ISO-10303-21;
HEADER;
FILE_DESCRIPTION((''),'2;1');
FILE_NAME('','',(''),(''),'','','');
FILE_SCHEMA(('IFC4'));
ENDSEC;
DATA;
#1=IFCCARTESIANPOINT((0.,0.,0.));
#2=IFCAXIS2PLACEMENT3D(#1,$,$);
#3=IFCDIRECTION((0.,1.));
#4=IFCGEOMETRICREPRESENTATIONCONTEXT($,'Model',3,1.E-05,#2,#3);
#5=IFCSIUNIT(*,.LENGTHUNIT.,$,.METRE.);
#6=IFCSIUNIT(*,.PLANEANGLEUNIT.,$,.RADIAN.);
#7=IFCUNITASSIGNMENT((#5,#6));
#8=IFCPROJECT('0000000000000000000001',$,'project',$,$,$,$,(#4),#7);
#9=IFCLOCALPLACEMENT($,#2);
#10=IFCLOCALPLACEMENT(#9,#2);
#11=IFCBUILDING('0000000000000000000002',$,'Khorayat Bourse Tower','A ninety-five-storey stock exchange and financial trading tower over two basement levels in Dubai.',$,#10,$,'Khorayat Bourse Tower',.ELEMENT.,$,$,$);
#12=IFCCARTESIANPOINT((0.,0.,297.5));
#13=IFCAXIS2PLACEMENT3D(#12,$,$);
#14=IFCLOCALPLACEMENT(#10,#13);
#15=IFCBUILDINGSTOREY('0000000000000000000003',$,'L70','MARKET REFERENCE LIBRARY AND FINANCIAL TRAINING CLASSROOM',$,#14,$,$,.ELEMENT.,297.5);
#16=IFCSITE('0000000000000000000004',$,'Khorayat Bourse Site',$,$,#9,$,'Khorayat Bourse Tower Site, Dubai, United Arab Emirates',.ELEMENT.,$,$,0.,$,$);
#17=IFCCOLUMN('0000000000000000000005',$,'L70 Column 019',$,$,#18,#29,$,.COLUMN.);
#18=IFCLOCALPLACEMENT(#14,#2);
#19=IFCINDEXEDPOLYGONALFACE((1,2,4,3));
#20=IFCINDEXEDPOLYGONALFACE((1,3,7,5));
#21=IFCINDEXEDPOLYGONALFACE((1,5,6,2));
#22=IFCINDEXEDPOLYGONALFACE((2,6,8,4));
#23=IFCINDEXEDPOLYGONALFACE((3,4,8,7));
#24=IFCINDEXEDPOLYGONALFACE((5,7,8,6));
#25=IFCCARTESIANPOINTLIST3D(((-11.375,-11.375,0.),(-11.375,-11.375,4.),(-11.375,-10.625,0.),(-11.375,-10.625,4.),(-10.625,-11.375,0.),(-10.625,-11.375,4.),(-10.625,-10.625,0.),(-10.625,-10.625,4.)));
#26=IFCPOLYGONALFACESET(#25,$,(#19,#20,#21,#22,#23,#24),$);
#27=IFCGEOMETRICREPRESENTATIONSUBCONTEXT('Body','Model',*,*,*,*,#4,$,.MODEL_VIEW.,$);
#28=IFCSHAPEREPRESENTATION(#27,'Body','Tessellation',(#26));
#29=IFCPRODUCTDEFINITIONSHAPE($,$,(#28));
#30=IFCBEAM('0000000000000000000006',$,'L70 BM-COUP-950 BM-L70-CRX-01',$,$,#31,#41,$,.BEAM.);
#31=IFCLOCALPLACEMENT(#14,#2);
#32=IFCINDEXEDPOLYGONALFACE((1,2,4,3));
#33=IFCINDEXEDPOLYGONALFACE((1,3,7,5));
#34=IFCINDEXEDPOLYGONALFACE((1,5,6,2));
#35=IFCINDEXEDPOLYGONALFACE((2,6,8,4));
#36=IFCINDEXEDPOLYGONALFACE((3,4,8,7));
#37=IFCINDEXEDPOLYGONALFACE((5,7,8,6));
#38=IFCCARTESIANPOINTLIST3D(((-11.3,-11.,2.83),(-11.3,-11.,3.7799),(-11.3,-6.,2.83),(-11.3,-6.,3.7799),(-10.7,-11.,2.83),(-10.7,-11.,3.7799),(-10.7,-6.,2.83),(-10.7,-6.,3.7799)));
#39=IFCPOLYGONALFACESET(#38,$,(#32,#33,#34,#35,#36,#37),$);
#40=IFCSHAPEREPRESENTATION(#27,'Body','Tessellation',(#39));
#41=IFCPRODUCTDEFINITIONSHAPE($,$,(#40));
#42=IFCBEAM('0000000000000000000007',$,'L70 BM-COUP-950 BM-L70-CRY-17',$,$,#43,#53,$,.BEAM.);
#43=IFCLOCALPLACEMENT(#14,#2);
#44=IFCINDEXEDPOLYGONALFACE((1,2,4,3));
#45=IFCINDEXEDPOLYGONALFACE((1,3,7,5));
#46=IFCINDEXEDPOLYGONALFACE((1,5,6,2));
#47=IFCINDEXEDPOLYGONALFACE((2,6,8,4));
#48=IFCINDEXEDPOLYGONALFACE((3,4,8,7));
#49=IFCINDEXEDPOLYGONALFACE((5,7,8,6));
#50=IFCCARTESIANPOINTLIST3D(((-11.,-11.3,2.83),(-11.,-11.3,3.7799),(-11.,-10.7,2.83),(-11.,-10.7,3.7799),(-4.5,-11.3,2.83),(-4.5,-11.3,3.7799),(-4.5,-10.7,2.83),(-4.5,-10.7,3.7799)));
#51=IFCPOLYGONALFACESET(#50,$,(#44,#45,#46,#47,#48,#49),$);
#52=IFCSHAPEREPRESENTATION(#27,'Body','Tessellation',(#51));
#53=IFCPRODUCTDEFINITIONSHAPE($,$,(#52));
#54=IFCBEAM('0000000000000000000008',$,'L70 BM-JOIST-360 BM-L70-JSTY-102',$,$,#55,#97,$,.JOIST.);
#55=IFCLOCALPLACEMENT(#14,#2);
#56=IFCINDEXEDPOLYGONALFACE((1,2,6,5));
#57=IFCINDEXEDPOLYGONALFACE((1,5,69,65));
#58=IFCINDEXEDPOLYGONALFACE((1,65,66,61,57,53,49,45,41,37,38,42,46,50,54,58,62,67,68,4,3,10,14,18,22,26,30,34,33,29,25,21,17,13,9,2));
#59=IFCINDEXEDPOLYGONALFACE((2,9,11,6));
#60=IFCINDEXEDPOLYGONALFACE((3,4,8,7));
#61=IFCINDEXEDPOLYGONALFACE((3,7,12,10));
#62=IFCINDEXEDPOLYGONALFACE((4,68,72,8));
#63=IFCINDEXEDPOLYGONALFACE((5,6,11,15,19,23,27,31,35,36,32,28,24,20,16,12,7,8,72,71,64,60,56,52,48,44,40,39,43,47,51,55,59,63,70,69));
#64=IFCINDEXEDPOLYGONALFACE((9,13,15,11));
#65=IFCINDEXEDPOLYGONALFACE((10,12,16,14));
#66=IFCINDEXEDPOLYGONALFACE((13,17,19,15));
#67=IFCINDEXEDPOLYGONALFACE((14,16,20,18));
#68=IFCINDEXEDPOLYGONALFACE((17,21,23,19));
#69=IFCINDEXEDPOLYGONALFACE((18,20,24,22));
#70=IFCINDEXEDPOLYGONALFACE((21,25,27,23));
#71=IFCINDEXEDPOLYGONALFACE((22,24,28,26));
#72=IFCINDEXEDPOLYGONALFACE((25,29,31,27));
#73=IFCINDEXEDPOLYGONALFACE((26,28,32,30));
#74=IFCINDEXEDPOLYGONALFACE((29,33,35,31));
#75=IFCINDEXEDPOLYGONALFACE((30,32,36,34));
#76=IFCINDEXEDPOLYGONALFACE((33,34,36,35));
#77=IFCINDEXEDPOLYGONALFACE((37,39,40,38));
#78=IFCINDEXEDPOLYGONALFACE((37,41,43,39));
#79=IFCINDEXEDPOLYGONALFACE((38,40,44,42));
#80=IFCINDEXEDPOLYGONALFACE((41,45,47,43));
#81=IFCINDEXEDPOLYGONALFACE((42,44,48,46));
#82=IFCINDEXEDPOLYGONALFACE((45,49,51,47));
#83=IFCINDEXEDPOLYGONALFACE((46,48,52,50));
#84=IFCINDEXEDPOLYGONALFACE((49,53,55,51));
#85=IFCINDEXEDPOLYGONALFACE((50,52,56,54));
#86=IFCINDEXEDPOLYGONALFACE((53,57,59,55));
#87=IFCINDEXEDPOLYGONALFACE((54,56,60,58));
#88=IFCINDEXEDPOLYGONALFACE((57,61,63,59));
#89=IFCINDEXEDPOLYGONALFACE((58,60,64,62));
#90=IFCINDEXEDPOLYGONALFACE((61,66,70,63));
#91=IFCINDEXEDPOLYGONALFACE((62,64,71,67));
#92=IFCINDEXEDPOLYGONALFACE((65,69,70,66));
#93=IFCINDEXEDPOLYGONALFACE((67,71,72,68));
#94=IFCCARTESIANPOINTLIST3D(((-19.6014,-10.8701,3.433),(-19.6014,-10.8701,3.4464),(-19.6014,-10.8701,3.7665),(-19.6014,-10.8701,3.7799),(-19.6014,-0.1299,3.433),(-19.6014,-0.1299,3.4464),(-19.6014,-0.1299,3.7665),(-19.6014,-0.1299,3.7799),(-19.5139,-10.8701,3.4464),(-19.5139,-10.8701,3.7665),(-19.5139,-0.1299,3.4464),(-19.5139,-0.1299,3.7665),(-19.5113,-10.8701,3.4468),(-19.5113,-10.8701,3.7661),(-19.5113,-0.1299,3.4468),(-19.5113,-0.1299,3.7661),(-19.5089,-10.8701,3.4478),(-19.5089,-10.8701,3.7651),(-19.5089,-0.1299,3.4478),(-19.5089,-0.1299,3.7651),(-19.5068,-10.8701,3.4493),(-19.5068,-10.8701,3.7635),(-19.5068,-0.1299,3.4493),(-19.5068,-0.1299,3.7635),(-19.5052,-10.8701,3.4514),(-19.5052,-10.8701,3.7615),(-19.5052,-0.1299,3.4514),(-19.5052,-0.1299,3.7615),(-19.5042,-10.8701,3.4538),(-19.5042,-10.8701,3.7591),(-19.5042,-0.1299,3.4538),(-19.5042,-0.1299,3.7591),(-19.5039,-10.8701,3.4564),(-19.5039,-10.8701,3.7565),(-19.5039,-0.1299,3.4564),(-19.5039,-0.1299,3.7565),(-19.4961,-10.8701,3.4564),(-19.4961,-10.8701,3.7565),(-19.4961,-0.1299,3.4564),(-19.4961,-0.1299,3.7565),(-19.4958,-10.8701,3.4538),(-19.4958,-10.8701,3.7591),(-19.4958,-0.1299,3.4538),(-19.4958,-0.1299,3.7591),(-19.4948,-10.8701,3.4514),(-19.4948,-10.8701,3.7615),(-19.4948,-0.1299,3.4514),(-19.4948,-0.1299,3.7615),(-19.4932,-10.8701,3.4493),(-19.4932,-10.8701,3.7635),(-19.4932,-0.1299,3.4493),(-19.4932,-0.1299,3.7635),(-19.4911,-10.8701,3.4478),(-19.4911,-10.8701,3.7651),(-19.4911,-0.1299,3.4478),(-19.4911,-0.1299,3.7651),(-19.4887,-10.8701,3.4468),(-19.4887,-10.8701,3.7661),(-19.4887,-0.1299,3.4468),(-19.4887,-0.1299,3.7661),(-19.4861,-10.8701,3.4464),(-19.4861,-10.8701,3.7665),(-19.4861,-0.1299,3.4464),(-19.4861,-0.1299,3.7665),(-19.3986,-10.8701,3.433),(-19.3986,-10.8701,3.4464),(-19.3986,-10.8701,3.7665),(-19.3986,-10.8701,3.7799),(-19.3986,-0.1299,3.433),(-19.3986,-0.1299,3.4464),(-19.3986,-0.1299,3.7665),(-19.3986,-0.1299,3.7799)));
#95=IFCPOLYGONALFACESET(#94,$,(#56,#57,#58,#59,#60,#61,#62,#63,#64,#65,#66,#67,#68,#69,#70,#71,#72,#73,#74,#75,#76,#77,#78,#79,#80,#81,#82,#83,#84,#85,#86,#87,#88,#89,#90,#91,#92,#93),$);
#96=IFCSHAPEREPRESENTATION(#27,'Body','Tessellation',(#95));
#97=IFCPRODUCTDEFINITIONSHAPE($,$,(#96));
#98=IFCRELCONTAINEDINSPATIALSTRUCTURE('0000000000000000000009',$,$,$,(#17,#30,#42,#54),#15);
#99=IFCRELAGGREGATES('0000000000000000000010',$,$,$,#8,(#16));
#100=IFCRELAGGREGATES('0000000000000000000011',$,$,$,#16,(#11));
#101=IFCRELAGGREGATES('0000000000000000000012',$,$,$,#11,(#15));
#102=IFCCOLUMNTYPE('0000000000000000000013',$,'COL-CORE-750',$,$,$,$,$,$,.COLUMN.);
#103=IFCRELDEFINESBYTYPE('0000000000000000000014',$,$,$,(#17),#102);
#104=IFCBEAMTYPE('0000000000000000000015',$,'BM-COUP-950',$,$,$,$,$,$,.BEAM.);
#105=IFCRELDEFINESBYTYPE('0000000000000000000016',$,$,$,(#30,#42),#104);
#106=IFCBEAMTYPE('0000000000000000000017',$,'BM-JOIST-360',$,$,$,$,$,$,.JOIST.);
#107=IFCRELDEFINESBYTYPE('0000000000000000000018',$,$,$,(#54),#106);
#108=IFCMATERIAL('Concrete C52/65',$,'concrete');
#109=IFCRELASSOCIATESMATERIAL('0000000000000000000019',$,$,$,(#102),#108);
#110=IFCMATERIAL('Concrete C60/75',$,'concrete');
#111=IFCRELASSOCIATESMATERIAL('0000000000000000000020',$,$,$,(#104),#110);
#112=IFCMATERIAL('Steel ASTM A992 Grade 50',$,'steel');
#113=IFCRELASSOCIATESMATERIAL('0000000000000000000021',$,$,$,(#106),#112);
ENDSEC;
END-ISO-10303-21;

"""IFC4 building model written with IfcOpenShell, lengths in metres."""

from ifc_helpers import new_model, si_unit, direction, frame, origin, origin_2d, place, context, subcontext, project, spatial, rectangle, i_section, extrude, source, transform, mapped, material, material_profile, profile_set, type_object, element, save


model = new_model("IFC4")

# Units and contexts
model_context = context("Model", 3, precision=1e-05, world=origin(), true_north=direction((0.0, 1.0)))
body_context = subcontext(model_context, "Body", "Model", "MODEL_VIEW")
ifc_project = project(units=[si_unit("LENGTHUNIT", "METRE"), si_unit("PLANEANGLEUNIT", "RADIAN")], contexts=[model_context])

# Site, building, storey
site_placement = place(None, origin())
site = spatial("IfcSite", under=ifc_project, at=site_placement, Name="Khorayat Bourse Site", LongName="Khorayat Bourse Tower Site, Dubai, United Arab Emirates", CompositionType="ELEMENT", RefElevation=0.0)
building_placement = place(site_placement, origin())
building = spatial("IfcBuilding", under=site, at=building_placement, Name="Khorayat Bourse Tower", Description="A ninety-five-storey stock exchange and financial trading tower over two basement levels in Dubai.", LongName="Khorayat Bourse Tower", CompositionType="ELEMENT")
storey_placement = place(building_placement, frame((0.0, 0.0, 297.5)))
storey = spatial("IfcBuildingStorey", under=building, at=storey_placement, Name="L70", Description="MARKET REFERENCE LIBRARY AND FINANCIAL TRAINING CLASSROOM", CompositionType="ELEMENT", Elevation=297.5)

# Column
ifc_material_1 = material(Name="Concrete C52/65", Category="concrete")
ifc_material_profile_1 = material_profile(ifc_material_1, rectangle(XDim=0.75, YDim=0.75, at=origin_2d()), Name="RC 750x750")
ifc_profile_set_1 = profile_set([ifc_material_profile_1], Name="Concrete C52/65")
column_type = type_object("IfcColumnType", Name="COL-CORE-750", PredefinedType="COLUMN", material=ifc_profile_set_1)
shared_shape_1 = source(origin(), body_context, "Body", "SweptSolid", [
    extrude(rectangle(XDim=0.75, YDim=0.75, at=origin_2d()), origin(), (0.0, 0.0, 1.0), 4.0),
])
column_placement = place(storey_placement, frame((-11.0, -11.0, 0.0), z_axis=(0.0, 0.0, 1.0), x_axis=(1.0, 0.0, 0.0)))
element("IfcColumn", 1, at=column_placement, inside=storey, type_object=column_type, Name="L70 Column 019", PredefinedType="COLUMN", context=body_context, shape_type="MappedRepresentation", body=[
    mapped(shared_shape_1, transform((0.0, 0.0, 0.0), scale=1.0)),
])

# Beams
ifc_material_2 = material(Name="Concrete C60/75", Category="concrete")
ifc_material_profile_2 = material_profile(ifc_material_2, rectangle(XDim=0.6001, YDim=0.95, at=origin_2d()), Name="RC 600x950")
ifc_profile_set_2 = profile_set([ifc_material_profile_2], Name="Concrete C60/75")
beam_type_1 = type_object("IfcBeamType", Name="BM-COUP-950", PredefinedType="BEAM", material=ifc_profile_set_2)
shared_shape_2 = source(origin(), body_context, "Body", "SweptSolid", [
    extrude(rectangle(XDim=0.6001, YDim=0.95, at=origin_2d()), origin(), (0.0, 0.0, 1.0), 5.0),
])
beam_1_placement = place(storey_placement, frame((-11.0, -11.0, 3.3049), z_axis=(0.0, 1.0, 0.0), x_axis=(-1.0, 0.0, 0.0)))
element("IfcBeam", 2, at=beam_1_placement, inside=storey, type_object=beam_type_1, Name="L70 BM-COUP-950 BM-L70-CRX-01", PredefinedType="BEAM", context=body_context, shape_type="MappedRepresentation", body=[
    mapped(shared_shape_2, transform((0.0, 0.0, 0.0), scale=1.0)),
])
shared_shape_3 = source(origin(), body_context, "Body", "SweptSolid", [
    extrude(rectangle(XDim=0.6001, YDim=0.95, at=origin_2d()), origin(), (0.0, 0.0, 1.0), 6.5),
])
beam_2_placement = place(storey_placement, frame((-11.0, -11.0, 3.3049), z_axis=(1.0, 0.0, 0.0), x_axis=(0.0, 1.0, 0.0)))
element("IfcBeam", 3, at=beam_2_placement, inside=storey, type_object=beam_type_1, Name="L70 BM-COUP-950 BM-L70-CRY-17", PredefinedType="BEAM", context=body_context, shape_type="MappedRepresentation", body=[
    mapped(shared_shape_3, transform((0.0, 0.0, 0.0), scale=1.0)),
])
ifc_material_3 = material(Name="Steel ASTM A992 Grade 50", Category="steel")
ifc_material_profile_3 = material_profile(ifc_material_3, i_section(OverallWidth=0.2029, OverallDepth=0.3469, WebThickness=0.0078, FlangeThickness=0.0134, FilletRadius=0.01, at=origin_2d()), Name="W360X64")
ifc_profile_set_3 = profile_set([ifc_material_profile_3], Name="Steel ASTM A992 Grade 50")
beam_type_2 = type_object("IfcBeamType", Name="BM-JOIST-360", PredefinedType="JOIST", material=ifc_profile_set_3)
shared_shape_4 = source(origin(), body_context, "Body", "SweptSolid", [
    extrude(i_section(OverallWidth=0.2029, OverallDepth=0.3469, WebThickness=0.0078, FlangeThickness=0.0134, FilletRadius=0.01, at=origin_2d()), origin(), (0.0, 0.0, 1.0), 10.7402),
])
beam_3_placement = place(storey_placement, frame((-19.5, -10.8701, 3.6064), z_axis=(0.0, 1.0, 0.0), x_axis=(-1.0, 0.0, 0.0)))
element("IfcBeam", 4, at=beam_3_placement, inside=storey, type_object=beam_type_2, Name="L70 BM-JOIST-360 BM-L70-JSTY-102", PredefinedType="JOIST", context=body_context, shape_type="MappedRepresentation", body=[
    mapped(shared_shape_4, transform((0.0, 0.0, 0.0), scale=1.0)),
])

save(model, "model.ifc")
